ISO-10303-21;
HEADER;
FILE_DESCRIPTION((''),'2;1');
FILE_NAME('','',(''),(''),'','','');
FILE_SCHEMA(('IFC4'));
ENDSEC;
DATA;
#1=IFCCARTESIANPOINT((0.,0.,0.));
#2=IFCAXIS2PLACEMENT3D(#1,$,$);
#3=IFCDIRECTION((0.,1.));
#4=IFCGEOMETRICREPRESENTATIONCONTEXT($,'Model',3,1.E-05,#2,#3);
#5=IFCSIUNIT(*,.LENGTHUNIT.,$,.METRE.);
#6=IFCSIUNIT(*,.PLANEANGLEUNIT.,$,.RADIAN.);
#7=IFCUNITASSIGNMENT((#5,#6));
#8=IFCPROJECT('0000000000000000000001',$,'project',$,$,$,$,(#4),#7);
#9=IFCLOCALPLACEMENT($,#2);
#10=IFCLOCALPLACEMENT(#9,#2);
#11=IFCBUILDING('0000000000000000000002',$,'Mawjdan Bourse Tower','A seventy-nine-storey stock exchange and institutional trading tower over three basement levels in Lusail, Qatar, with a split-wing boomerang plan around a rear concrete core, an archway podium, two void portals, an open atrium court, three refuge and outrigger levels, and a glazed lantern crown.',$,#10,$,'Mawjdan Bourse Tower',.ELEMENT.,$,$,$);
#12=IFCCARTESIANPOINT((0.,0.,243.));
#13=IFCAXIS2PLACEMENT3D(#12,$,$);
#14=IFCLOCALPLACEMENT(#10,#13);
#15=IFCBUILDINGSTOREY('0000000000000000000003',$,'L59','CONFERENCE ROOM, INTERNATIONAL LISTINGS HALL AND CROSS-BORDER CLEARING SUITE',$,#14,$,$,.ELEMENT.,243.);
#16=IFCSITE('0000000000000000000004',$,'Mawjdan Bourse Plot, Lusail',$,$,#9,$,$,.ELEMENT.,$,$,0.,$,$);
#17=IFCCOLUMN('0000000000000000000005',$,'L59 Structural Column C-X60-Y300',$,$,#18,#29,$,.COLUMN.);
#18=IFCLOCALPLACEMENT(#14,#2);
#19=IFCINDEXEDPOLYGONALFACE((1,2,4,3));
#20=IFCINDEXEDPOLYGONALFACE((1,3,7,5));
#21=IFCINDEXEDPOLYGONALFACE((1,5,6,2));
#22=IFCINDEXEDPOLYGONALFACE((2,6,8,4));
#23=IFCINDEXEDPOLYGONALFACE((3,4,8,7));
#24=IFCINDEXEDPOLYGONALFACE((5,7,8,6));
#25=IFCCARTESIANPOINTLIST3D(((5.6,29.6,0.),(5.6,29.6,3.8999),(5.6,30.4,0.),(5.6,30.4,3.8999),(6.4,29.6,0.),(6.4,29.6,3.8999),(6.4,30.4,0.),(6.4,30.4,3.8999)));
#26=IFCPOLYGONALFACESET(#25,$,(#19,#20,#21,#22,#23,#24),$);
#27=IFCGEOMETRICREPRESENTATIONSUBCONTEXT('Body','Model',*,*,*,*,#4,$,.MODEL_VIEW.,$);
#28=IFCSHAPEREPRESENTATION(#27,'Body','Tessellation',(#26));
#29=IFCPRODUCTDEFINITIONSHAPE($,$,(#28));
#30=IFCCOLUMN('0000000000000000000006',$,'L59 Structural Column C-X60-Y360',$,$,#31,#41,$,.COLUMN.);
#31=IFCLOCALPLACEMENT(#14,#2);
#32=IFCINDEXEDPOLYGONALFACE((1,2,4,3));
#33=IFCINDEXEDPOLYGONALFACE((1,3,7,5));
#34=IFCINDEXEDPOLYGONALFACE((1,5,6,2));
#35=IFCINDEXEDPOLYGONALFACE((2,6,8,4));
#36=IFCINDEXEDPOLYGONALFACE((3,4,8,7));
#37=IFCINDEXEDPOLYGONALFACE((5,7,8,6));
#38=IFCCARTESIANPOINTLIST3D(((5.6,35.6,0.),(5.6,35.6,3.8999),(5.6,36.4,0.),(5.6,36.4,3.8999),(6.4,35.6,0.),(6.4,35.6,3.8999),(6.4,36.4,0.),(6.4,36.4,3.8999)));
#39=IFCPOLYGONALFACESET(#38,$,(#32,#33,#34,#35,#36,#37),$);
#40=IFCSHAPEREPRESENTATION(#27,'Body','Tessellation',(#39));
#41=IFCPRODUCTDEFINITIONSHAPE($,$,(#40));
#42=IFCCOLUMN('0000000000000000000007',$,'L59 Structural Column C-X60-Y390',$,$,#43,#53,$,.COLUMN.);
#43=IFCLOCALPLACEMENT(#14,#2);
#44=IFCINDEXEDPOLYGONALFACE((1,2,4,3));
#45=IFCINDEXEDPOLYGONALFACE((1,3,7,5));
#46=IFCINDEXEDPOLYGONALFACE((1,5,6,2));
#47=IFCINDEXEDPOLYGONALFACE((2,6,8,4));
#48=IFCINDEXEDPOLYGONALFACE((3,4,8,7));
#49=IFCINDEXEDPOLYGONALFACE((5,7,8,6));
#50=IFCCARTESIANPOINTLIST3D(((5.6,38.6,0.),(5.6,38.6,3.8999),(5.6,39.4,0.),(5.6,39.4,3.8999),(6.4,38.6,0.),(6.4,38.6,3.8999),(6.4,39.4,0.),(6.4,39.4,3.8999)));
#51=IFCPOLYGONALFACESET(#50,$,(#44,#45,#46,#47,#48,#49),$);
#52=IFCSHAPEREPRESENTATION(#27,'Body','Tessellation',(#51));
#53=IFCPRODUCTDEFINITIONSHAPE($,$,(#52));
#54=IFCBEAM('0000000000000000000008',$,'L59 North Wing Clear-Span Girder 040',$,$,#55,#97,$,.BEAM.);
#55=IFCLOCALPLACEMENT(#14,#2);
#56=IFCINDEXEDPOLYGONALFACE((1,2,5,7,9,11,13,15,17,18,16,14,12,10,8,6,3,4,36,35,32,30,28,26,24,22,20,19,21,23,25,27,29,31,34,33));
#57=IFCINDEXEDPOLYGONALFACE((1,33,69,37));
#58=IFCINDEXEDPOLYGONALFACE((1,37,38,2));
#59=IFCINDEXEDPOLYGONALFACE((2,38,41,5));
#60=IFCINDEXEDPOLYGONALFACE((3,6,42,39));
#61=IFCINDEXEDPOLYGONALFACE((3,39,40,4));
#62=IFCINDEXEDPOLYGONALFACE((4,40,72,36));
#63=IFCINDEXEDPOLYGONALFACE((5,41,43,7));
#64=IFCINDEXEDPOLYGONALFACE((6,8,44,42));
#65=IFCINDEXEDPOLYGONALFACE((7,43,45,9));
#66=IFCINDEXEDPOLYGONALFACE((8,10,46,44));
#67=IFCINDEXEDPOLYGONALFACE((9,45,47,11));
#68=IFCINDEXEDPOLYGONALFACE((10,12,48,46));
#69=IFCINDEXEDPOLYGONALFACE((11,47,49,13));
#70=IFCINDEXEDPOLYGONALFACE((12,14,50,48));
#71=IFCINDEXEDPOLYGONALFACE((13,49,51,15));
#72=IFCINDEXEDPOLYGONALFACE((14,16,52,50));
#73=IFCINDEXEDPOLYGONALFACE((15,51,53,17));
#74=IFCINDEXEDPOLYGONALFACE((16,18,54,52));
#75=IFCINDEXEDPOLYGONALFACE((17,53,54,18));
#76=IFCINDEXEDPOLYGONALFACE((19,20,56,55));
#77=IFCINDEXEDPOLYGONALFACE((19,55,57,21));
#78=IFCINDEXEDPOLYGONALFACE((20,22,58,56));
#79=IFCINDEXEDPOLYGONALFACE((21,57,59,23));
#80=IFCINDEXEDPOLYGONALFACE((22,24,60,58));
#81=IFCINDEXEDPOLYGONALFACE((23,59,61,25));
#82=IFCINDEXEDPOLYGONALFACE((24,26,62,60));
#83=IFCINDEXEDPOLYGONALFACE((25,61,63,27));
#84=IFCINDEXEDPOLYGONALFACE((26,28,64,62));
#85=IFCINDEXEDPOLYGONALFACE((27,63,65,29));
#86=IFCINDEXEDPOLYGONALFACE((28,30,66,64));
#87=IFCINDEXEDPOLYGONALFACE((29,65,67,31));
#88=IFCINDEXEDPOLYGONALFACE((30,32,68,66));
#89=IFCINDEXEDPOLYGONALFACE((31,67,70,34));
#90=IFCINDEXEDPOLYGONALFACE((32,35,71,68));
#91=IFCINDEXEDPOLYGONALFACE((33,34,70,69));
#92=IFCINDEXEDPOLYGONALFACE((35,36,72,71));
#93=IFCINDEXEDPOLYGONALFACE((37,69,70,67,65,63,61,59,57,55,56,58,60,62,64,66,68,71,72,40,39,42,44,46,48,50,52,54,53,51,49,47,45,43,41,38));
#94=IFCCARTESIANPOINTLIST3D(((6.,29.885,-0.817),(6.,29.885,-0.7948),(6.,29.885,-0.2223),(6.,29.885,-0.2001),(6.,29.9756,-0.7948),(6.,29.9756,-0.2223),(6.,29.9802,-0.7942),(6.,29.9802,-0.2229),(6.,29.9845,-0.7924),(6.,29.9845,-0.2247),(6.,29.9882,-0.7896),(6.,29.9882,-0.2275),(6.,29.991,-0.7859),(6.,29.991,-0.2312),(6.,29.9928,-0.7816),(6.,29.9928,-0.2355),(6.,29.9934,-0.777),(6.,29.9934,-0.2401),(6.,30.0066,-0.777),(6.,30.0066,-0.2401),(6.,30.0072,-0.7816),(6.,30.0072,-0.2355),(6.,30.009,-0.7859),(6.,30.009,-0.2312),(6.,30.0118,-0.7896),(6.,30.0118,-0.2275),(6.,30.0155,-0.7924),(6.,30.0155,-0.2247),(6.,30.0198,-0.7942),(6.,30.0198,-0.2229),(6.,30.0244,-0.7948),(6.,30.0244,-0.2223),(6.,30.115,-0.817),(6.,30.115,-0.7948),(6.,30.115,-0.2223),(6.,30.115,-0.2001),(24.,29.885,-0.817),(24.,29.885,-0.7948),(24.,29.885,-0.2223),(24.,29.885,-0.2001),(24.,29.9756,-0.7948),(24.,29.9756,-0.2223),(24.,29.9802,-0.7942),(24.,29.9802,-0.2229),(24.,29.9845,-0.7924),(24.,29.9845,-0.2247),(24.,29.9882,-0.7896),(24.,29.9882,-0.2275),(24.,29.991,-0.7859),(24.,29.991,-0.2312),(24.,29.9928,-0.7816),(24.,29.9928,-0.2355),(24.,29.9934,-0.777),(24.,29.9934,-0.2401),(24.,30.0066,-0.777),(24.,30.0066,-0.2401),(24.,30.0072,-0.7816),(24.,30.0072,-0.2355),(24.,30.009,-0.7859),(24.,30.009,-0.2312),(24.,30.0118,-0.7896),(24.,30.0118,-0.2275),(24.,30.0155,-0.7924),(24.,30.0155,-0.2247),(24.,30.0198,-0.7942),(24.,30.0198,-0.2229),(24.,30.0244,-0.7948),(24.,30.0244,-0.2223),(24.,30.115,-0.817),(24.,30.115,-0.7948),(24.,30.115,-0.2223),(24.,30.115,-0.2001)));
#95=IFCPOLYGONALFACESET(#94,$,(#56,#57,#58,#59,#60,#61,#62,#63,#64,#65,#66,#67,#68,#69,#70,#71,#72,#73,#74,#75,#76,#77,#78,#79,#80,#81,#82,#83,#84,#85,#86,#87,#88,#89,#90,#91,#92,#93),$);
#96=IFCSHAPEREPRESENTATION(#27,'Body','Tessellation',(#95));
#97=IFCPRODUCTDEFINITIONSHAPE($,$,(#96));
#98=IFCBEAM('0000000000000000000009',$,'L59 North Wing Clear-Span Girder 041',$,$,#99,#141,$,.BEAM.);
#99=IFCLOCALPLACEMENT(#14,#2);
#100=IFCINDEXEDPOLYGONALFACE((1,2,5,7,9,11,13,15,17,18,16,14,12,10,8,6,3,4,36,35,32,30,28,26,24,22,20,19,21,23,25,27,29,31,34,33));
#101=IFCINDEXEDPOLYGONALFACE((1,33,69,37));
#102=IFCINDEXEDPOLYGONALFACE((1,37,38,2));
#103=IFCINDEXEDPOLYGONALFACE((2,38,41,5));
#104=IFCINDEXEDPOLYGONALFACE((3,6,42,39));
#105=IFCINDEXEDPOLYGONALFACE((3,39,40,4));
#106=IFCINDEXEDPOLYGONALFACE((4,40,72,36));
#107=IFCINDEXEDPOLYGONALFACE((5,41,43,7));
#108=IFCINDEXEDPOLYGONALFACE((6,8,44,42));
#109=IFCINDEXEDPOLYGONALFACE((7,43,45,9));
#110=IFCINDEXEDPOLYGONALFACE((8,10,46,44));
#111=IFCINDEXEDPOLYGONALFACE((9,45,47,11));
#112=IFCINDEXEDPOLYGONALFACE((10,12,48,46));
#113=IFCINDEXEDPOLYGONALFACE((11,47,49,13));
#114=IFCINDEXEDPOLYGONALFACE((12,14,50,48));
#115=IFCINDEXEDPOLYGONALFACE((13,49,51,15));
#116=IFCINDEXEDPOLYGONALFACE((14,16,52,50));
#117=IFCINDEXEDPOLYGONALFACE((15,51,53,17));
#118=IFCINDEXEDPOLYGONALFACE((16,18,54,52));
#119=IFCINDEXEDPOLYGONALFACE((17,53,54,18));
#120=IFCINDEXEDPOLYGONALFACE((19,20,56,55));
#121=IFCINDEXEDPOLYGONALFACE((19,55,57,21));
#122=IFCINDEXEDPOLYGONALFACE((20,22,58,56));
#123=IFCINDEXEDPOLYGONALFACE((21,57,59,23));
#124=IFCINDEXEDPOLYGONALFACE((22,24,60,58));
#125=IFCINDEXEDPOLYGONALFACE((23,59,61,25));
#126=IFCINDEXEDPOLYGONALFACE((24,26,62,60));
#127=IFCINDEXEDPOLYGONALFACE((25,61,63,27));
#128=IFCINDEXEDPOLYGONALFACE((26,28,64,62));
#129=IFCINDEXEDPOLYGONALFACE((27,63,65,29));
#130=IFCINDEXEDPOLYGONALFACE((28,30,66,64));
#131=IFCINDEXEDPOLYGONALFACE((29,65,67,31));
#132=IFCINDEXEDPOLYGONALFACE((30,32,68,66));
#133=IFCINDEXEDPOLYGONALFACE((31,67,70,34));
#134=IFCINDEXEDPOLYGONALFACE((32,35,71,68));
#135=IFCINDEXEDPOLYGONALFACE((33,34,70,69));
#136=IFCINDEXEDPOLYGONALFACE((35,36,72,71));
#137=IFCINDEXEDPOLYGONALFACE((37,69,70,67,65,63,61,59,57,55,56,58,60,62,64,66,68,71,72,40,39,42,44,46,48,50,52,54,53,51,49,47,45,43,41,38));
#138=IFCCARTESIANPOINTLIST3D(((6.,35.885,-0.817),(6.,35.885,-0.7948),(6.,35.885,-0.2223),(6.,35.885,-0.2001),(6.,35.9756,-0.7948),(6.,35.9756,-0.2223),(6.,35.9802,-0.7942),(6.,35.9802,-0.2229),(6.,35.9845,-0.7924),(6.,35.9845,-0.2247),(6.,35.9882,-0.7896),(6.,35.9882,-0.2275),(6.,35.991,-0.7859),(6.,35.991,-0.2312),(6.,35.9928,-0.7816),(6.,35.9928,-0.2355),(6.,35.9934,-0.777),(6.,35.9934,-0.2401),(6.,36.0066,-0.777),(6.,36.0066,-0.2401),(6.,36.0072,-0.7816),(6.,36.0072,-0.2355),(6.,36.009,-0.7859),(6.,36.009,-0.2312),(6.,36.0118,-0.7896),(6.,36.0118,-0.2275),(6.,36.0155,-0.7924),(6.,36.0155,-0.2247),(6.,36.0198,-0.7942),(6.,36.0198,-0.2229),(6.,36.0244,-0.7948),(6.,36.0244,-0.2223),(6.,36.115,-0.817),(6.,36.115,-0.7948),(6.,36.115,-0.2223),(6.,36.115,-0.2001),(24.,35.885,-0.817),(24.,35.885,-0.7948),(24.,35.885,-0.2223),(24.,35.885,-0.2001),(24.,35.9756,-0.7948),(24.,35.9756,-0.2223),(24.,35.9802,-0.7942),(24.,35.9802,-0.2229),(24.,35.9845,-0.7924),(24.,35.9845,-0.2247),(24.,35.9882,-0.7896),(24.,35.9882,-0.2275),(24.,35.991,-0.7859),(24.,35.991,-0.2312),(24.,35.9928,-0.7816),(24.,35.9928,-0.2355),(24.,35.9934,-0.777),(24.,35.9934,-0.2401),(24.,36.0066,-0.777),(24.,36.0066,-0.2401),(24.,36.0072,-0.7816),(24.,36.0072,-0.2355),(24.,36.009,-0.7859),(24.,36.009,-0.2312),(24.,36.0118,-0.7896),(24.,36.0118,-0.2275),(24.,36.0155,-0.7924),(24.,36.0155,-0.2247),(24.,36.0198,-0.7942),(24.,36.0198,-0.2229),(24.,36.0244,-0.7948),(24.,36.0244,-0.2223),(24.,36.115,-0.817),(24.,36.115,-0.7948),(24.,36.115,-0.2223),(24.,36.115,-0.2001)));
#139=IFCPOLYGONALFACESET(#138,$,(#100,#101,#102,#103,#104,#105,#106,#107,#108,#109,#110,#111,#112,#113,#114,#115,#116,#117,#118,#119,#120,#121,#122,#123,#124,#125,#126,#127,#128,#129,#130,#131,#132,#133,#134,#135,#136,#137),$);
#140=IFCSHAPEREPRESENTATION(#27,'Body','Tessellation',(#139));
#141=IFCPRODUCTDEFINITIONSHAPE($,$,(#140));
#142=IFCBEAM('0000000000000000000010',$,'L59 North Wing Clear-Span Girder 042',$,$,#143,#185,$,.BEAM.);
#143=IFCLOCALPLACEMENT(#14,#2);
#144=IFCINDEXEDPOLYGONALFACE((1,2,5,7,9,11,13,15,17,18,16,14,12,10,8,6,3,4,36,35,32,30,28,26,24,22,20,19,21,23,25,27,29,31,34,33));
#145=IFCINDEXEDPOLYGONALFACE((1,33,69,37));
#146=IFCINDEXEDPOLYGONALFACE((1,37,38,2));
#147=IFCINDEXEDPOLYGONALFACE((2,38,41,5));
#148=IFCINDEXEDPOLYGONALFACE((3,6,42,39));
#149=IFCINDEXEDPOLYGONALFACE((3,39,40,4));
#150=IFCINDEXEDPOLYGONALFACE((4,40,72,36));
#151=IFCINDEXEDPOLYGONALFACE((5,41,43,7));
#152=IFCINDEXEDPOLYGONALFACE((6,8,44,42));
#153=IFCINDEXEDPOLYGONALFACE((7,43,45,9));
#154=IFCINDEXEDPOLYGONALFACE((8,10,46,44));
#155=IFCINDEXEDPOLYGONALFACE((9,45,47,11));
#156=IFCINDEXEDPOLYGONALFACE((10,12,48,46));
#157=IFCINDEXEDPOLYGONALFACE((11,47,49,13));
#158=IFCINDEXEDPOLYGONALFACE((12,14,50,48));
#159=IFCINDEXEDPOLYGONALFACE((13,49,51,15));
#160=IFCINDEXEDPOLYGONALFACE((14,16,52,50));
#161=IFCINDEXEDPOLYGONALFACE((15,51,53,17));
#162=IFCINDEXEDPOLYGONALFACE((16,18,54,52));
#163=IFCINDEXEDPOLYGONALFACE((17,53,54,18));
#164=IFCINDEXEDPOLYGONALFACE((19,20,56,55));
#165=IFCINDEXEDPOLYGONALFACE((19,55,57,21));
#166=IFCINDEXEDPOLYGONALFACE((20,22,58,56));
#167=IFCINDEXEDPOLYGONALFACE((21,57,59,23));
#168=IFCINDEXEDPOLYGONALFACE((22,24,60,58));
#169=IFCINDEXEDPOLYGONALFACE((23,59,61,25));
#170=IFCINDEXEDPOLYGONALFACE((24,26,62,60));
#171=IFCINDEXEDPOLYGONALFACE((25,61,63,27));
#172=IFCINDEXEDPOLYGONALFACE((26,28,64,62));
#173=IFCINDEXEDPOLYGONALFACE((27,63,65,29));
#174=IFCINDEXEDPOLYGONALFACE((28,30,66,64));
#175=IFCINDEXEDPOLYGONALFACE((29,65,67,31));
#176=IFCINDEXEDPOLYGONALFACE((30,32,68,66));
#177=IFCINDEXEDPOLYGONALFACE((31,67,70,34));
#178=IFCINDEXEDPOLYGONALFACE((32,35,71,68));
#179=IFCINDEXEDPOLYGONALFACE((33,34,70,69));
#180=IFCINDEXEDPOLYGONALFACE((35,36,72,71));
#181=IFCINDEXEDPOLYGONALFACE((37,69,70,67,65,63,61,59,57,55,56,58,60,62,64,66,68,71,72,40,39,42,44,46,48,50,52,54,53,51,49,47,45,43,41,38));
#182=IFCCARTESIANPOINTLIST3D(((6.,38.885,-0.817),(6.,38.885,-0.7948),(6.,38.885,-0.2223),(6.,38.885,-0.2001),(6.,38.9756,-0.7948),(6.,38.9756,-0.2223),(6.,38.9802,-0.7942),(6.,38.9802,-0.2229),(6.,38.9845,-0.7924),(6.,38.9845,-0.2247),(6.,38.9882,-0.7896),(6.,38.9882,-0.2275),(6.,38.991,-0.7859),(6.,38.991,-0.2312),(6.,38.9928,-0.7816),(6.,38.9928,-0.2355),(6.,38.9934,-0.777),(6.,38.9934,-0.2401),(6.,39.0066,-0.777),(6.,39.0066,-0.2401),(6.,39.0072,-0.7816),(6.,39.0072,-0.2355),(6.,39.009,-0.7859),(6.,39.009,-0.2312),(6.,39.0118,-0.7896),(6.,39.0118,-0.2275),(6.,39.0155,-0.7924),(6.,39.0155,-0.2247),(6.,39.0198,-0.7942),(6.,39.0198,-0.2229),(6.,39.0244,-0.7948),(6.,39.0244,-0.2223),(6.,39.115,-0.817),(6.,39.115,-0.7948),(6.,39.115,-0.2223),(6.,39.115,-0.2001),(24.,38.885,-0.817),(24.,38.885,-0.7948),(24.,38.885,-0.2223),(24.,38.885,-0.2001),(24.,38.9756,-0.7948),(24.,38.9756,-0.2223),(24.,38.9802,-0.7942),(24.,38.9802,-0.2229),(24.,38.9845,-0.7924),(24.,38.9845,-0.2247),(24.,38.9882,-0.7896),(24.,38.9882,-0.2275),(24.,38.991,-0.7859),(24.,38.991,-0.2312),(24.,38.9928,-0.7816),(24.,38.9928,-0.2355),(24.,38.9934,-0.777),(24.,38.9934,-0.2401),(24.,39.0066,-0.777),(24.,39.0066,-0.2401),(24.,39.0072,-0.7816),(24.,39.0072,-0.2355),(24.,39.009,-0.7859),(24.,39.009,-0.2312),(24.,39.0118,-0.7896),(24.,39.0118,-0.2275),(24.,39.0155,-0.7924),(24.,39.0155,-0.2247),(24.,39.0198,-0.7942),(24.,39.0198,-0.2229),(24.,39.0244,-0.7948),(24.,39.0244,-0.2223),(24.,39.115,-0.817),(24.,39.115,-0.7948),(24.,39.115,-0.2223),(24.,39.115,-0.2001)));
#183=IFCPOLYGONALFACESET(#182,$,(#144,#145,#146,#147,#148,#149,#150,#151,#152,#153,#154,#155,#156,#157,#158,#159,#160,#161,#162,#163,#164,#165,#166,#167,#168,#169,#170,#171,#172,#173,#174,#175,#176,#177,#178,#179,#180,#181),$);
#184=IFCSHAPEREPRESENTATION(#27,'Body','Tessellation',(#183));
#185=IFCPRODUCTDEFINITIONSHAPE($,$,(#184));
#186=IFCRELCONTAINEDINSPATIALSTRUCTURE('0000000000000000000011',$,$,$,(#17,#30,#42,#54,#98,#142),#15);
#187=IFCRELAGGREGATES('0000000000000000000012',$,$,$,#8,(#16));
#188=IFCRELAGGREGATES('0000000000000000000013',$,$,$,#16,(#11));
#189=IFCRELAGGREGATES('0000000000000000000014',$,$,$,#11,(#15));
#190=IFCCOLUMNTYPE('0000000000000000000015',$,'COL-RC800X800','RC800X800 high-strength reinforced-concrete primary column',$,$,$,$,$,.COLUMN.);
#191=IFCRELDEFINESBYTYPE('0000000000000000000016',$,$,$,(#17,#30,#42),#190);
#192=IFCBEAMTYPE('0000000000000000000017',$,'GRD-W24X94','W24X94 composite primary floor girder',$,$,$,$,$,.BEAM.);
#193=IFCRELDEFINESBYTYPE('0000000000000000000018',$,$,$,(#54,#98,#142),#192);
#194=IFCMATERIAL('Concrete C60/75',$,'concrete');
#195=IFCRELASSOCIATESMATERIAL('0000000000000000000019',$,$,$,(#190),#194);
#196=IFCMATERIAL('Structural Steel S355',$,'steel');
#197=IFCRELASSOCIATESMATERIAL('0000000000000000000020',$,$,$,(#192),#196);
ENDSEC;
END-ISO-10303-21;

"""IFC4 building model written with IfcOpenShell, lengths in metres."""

from ifc_helpers import new_model, si_unit, direction, frame, origin, origin_2d, place, context, subcontext, project, spatial, rectangle, i_section, extrude, material, material_profile, profile_set, type_object, element, save


model = new_model("IFC4")

# Units and contexts
model_context = context("Model", 3, precision=1e-05, world=origin(), true_north=direction((0.0, 1.0)))
body_context = subcontext(model_context, "Body", "Model", "MODEL_VIEW")
ifc_project = project(units=[si_unit("LENGTHUNIT", "METRE"), si_unit("PLANEANGLEUNIT", "RADIAN")], contexts=[model_context])

# Site, building, storey
site_placement = place(None, origin())
site = spatial("IfcSite", under=ifc_project, at=site_placement, Name="Mawjdan Bourse Plot, Lusail", CompositionType="ELEMENT", RefElevation=0.0)
building_placement = place(site_placement, origin())
building = spatial("IfcBuilding", under=site, at=building_placement, Name="Mawjdan Bourse Tower", Description="A seventy-nine-storey stock exchange and institutional trading tower over three basement levels in Lusail, Qatar, with a split-wing boomerang plan around a rear concrete core, an archway podium, two void portals, an open atrium court, three refuge and outrigger levels, and a glazed lantern crown.", LongName="Mawjdan Bourse Tower", CompositionType="ELEMENT")
storey_placement = place(building_placement, frame((0.0, 0.0, 243.0)))
storey = spatial("IfcBuildingStorey", under=building, at=storey_placement, Name="L59", Description="CONFERENCE ROOM, INTERNATIONAL LISTINGS HALL AND CROSS-BORDER CLEARING SUITE", CompositionType="ELEMENT", Elevation=243.0)

# Columns
ifc_material_1 = material(Name="Concrete C60/75", Category="concrete")
ifc_material_profile_1 = material_profile(ifc_material_1, rectangle(XDim=0.8, YDim=0.8, at=origin_2d()), Name="RC800X800")
ifc_profile_set_1 = profile_set([ifc_material_profile_1], Name="Concrete C60/75")
column_type = type_object("IfcColumnType", Name="COL-RC800X800", Description="RC800X800 high-strength reinforced-concrete primary column", PredefinedType="COLUMN", material=ifc_profile_set_1)
for number, where, z_axis, x_axis, name in (
    (1, (6.0, 30.0, 0.0), (0.0, 0.0, 1.0), (1.0, 0.0, 0.0), "L59 Structural Column C-X60-Y300"),
    (2, (6.0, 36.0, 0.0), (0.0, 0.0, 1.0), (1.0, 0.0, 0.0), "L59 Structural Column C-X60-Y360"),
    (3, (6.0, 39.0, 0.0), (0.0, 0.0, 1.0), (1.0, 0.0, 0.0), "L59 Structural Column C-X60-Y390"),
):
    element("IfcColumn", number, at=place(storey_placement, frame(where, z_axis=z_axis, x_axis=x_axis)), inside=storey, type_object=column_type, Name=name, PredefinedType="COLUMN", context=body_context, shape_type="SweptSolid", body=[
        extrude(rectangle(XDim=0.8, YDim=0.8, at=origin_2d()), origin(), (0.0, 0.0, 1.0), 3.8999),
    ])

# Beams
ifc_material_2 = material(Name="Structural Steel S355", Category="steel")
ifc_material_profile_2 = material_profile(ifc_material_2, i_section(OverallWidth=0.23, OverallDepth=0.6169, WebThickness=0.0132, FlangeThickness=0.0222, FilletRadius=0.0178, at=origin_2d()), Name="W24X94")
ifc_profile_set_2 = profile_set([ifc_material_profile_2], Name="Structural Steel S355")
beam_type_1 = type_object("IfcBeamType", Name="GRD-W24X94", Description="W24X94 composite primary floor girder", PredefinedType="BEAM", material=ifc_profile_set_2)
for number, where, z_axis, x_axis, name in (
    (4, (6.0, 30.0, -0.5085), (1.0, 0.0, 0.0), (0.0, 1.0, 0.0), "L59 North Wing Clear-Span Girder 040"),
    (5, (6.0, 36.0, -0.5085), (1.0, 0.0, 0.0), (0.0, 1.0, 0.0), "L59 North Wing Clear-Span Girder 041"),
    (6, (6.0, 39.0, -0.5085), (1.0, 0.0, 0.0), (0.0, 1.0, 0.0), "L59 North Wing Clear-Span Girder 042"),
):
    element("IfcBeam", number, at=place(storey_placement, frame(where, z_axis=z_axis, x_axis=x_axis)), inside=storey, type_object=beam_type_1, Name=name, PredefinedType="BEAM", context=body_context, shape_type="SweptSolid", body=[
        extrude(i_section(OverallWidth=0.23, OverallDepth=0.6169, WebThickness=0.0132, FlangeThickness=0.0222, FilletRadius=0.0178, at=origin_2d()), origin(), (0.0, 0.0, 1.0), 18.0),
    ])

save(model, "model.ifc")
